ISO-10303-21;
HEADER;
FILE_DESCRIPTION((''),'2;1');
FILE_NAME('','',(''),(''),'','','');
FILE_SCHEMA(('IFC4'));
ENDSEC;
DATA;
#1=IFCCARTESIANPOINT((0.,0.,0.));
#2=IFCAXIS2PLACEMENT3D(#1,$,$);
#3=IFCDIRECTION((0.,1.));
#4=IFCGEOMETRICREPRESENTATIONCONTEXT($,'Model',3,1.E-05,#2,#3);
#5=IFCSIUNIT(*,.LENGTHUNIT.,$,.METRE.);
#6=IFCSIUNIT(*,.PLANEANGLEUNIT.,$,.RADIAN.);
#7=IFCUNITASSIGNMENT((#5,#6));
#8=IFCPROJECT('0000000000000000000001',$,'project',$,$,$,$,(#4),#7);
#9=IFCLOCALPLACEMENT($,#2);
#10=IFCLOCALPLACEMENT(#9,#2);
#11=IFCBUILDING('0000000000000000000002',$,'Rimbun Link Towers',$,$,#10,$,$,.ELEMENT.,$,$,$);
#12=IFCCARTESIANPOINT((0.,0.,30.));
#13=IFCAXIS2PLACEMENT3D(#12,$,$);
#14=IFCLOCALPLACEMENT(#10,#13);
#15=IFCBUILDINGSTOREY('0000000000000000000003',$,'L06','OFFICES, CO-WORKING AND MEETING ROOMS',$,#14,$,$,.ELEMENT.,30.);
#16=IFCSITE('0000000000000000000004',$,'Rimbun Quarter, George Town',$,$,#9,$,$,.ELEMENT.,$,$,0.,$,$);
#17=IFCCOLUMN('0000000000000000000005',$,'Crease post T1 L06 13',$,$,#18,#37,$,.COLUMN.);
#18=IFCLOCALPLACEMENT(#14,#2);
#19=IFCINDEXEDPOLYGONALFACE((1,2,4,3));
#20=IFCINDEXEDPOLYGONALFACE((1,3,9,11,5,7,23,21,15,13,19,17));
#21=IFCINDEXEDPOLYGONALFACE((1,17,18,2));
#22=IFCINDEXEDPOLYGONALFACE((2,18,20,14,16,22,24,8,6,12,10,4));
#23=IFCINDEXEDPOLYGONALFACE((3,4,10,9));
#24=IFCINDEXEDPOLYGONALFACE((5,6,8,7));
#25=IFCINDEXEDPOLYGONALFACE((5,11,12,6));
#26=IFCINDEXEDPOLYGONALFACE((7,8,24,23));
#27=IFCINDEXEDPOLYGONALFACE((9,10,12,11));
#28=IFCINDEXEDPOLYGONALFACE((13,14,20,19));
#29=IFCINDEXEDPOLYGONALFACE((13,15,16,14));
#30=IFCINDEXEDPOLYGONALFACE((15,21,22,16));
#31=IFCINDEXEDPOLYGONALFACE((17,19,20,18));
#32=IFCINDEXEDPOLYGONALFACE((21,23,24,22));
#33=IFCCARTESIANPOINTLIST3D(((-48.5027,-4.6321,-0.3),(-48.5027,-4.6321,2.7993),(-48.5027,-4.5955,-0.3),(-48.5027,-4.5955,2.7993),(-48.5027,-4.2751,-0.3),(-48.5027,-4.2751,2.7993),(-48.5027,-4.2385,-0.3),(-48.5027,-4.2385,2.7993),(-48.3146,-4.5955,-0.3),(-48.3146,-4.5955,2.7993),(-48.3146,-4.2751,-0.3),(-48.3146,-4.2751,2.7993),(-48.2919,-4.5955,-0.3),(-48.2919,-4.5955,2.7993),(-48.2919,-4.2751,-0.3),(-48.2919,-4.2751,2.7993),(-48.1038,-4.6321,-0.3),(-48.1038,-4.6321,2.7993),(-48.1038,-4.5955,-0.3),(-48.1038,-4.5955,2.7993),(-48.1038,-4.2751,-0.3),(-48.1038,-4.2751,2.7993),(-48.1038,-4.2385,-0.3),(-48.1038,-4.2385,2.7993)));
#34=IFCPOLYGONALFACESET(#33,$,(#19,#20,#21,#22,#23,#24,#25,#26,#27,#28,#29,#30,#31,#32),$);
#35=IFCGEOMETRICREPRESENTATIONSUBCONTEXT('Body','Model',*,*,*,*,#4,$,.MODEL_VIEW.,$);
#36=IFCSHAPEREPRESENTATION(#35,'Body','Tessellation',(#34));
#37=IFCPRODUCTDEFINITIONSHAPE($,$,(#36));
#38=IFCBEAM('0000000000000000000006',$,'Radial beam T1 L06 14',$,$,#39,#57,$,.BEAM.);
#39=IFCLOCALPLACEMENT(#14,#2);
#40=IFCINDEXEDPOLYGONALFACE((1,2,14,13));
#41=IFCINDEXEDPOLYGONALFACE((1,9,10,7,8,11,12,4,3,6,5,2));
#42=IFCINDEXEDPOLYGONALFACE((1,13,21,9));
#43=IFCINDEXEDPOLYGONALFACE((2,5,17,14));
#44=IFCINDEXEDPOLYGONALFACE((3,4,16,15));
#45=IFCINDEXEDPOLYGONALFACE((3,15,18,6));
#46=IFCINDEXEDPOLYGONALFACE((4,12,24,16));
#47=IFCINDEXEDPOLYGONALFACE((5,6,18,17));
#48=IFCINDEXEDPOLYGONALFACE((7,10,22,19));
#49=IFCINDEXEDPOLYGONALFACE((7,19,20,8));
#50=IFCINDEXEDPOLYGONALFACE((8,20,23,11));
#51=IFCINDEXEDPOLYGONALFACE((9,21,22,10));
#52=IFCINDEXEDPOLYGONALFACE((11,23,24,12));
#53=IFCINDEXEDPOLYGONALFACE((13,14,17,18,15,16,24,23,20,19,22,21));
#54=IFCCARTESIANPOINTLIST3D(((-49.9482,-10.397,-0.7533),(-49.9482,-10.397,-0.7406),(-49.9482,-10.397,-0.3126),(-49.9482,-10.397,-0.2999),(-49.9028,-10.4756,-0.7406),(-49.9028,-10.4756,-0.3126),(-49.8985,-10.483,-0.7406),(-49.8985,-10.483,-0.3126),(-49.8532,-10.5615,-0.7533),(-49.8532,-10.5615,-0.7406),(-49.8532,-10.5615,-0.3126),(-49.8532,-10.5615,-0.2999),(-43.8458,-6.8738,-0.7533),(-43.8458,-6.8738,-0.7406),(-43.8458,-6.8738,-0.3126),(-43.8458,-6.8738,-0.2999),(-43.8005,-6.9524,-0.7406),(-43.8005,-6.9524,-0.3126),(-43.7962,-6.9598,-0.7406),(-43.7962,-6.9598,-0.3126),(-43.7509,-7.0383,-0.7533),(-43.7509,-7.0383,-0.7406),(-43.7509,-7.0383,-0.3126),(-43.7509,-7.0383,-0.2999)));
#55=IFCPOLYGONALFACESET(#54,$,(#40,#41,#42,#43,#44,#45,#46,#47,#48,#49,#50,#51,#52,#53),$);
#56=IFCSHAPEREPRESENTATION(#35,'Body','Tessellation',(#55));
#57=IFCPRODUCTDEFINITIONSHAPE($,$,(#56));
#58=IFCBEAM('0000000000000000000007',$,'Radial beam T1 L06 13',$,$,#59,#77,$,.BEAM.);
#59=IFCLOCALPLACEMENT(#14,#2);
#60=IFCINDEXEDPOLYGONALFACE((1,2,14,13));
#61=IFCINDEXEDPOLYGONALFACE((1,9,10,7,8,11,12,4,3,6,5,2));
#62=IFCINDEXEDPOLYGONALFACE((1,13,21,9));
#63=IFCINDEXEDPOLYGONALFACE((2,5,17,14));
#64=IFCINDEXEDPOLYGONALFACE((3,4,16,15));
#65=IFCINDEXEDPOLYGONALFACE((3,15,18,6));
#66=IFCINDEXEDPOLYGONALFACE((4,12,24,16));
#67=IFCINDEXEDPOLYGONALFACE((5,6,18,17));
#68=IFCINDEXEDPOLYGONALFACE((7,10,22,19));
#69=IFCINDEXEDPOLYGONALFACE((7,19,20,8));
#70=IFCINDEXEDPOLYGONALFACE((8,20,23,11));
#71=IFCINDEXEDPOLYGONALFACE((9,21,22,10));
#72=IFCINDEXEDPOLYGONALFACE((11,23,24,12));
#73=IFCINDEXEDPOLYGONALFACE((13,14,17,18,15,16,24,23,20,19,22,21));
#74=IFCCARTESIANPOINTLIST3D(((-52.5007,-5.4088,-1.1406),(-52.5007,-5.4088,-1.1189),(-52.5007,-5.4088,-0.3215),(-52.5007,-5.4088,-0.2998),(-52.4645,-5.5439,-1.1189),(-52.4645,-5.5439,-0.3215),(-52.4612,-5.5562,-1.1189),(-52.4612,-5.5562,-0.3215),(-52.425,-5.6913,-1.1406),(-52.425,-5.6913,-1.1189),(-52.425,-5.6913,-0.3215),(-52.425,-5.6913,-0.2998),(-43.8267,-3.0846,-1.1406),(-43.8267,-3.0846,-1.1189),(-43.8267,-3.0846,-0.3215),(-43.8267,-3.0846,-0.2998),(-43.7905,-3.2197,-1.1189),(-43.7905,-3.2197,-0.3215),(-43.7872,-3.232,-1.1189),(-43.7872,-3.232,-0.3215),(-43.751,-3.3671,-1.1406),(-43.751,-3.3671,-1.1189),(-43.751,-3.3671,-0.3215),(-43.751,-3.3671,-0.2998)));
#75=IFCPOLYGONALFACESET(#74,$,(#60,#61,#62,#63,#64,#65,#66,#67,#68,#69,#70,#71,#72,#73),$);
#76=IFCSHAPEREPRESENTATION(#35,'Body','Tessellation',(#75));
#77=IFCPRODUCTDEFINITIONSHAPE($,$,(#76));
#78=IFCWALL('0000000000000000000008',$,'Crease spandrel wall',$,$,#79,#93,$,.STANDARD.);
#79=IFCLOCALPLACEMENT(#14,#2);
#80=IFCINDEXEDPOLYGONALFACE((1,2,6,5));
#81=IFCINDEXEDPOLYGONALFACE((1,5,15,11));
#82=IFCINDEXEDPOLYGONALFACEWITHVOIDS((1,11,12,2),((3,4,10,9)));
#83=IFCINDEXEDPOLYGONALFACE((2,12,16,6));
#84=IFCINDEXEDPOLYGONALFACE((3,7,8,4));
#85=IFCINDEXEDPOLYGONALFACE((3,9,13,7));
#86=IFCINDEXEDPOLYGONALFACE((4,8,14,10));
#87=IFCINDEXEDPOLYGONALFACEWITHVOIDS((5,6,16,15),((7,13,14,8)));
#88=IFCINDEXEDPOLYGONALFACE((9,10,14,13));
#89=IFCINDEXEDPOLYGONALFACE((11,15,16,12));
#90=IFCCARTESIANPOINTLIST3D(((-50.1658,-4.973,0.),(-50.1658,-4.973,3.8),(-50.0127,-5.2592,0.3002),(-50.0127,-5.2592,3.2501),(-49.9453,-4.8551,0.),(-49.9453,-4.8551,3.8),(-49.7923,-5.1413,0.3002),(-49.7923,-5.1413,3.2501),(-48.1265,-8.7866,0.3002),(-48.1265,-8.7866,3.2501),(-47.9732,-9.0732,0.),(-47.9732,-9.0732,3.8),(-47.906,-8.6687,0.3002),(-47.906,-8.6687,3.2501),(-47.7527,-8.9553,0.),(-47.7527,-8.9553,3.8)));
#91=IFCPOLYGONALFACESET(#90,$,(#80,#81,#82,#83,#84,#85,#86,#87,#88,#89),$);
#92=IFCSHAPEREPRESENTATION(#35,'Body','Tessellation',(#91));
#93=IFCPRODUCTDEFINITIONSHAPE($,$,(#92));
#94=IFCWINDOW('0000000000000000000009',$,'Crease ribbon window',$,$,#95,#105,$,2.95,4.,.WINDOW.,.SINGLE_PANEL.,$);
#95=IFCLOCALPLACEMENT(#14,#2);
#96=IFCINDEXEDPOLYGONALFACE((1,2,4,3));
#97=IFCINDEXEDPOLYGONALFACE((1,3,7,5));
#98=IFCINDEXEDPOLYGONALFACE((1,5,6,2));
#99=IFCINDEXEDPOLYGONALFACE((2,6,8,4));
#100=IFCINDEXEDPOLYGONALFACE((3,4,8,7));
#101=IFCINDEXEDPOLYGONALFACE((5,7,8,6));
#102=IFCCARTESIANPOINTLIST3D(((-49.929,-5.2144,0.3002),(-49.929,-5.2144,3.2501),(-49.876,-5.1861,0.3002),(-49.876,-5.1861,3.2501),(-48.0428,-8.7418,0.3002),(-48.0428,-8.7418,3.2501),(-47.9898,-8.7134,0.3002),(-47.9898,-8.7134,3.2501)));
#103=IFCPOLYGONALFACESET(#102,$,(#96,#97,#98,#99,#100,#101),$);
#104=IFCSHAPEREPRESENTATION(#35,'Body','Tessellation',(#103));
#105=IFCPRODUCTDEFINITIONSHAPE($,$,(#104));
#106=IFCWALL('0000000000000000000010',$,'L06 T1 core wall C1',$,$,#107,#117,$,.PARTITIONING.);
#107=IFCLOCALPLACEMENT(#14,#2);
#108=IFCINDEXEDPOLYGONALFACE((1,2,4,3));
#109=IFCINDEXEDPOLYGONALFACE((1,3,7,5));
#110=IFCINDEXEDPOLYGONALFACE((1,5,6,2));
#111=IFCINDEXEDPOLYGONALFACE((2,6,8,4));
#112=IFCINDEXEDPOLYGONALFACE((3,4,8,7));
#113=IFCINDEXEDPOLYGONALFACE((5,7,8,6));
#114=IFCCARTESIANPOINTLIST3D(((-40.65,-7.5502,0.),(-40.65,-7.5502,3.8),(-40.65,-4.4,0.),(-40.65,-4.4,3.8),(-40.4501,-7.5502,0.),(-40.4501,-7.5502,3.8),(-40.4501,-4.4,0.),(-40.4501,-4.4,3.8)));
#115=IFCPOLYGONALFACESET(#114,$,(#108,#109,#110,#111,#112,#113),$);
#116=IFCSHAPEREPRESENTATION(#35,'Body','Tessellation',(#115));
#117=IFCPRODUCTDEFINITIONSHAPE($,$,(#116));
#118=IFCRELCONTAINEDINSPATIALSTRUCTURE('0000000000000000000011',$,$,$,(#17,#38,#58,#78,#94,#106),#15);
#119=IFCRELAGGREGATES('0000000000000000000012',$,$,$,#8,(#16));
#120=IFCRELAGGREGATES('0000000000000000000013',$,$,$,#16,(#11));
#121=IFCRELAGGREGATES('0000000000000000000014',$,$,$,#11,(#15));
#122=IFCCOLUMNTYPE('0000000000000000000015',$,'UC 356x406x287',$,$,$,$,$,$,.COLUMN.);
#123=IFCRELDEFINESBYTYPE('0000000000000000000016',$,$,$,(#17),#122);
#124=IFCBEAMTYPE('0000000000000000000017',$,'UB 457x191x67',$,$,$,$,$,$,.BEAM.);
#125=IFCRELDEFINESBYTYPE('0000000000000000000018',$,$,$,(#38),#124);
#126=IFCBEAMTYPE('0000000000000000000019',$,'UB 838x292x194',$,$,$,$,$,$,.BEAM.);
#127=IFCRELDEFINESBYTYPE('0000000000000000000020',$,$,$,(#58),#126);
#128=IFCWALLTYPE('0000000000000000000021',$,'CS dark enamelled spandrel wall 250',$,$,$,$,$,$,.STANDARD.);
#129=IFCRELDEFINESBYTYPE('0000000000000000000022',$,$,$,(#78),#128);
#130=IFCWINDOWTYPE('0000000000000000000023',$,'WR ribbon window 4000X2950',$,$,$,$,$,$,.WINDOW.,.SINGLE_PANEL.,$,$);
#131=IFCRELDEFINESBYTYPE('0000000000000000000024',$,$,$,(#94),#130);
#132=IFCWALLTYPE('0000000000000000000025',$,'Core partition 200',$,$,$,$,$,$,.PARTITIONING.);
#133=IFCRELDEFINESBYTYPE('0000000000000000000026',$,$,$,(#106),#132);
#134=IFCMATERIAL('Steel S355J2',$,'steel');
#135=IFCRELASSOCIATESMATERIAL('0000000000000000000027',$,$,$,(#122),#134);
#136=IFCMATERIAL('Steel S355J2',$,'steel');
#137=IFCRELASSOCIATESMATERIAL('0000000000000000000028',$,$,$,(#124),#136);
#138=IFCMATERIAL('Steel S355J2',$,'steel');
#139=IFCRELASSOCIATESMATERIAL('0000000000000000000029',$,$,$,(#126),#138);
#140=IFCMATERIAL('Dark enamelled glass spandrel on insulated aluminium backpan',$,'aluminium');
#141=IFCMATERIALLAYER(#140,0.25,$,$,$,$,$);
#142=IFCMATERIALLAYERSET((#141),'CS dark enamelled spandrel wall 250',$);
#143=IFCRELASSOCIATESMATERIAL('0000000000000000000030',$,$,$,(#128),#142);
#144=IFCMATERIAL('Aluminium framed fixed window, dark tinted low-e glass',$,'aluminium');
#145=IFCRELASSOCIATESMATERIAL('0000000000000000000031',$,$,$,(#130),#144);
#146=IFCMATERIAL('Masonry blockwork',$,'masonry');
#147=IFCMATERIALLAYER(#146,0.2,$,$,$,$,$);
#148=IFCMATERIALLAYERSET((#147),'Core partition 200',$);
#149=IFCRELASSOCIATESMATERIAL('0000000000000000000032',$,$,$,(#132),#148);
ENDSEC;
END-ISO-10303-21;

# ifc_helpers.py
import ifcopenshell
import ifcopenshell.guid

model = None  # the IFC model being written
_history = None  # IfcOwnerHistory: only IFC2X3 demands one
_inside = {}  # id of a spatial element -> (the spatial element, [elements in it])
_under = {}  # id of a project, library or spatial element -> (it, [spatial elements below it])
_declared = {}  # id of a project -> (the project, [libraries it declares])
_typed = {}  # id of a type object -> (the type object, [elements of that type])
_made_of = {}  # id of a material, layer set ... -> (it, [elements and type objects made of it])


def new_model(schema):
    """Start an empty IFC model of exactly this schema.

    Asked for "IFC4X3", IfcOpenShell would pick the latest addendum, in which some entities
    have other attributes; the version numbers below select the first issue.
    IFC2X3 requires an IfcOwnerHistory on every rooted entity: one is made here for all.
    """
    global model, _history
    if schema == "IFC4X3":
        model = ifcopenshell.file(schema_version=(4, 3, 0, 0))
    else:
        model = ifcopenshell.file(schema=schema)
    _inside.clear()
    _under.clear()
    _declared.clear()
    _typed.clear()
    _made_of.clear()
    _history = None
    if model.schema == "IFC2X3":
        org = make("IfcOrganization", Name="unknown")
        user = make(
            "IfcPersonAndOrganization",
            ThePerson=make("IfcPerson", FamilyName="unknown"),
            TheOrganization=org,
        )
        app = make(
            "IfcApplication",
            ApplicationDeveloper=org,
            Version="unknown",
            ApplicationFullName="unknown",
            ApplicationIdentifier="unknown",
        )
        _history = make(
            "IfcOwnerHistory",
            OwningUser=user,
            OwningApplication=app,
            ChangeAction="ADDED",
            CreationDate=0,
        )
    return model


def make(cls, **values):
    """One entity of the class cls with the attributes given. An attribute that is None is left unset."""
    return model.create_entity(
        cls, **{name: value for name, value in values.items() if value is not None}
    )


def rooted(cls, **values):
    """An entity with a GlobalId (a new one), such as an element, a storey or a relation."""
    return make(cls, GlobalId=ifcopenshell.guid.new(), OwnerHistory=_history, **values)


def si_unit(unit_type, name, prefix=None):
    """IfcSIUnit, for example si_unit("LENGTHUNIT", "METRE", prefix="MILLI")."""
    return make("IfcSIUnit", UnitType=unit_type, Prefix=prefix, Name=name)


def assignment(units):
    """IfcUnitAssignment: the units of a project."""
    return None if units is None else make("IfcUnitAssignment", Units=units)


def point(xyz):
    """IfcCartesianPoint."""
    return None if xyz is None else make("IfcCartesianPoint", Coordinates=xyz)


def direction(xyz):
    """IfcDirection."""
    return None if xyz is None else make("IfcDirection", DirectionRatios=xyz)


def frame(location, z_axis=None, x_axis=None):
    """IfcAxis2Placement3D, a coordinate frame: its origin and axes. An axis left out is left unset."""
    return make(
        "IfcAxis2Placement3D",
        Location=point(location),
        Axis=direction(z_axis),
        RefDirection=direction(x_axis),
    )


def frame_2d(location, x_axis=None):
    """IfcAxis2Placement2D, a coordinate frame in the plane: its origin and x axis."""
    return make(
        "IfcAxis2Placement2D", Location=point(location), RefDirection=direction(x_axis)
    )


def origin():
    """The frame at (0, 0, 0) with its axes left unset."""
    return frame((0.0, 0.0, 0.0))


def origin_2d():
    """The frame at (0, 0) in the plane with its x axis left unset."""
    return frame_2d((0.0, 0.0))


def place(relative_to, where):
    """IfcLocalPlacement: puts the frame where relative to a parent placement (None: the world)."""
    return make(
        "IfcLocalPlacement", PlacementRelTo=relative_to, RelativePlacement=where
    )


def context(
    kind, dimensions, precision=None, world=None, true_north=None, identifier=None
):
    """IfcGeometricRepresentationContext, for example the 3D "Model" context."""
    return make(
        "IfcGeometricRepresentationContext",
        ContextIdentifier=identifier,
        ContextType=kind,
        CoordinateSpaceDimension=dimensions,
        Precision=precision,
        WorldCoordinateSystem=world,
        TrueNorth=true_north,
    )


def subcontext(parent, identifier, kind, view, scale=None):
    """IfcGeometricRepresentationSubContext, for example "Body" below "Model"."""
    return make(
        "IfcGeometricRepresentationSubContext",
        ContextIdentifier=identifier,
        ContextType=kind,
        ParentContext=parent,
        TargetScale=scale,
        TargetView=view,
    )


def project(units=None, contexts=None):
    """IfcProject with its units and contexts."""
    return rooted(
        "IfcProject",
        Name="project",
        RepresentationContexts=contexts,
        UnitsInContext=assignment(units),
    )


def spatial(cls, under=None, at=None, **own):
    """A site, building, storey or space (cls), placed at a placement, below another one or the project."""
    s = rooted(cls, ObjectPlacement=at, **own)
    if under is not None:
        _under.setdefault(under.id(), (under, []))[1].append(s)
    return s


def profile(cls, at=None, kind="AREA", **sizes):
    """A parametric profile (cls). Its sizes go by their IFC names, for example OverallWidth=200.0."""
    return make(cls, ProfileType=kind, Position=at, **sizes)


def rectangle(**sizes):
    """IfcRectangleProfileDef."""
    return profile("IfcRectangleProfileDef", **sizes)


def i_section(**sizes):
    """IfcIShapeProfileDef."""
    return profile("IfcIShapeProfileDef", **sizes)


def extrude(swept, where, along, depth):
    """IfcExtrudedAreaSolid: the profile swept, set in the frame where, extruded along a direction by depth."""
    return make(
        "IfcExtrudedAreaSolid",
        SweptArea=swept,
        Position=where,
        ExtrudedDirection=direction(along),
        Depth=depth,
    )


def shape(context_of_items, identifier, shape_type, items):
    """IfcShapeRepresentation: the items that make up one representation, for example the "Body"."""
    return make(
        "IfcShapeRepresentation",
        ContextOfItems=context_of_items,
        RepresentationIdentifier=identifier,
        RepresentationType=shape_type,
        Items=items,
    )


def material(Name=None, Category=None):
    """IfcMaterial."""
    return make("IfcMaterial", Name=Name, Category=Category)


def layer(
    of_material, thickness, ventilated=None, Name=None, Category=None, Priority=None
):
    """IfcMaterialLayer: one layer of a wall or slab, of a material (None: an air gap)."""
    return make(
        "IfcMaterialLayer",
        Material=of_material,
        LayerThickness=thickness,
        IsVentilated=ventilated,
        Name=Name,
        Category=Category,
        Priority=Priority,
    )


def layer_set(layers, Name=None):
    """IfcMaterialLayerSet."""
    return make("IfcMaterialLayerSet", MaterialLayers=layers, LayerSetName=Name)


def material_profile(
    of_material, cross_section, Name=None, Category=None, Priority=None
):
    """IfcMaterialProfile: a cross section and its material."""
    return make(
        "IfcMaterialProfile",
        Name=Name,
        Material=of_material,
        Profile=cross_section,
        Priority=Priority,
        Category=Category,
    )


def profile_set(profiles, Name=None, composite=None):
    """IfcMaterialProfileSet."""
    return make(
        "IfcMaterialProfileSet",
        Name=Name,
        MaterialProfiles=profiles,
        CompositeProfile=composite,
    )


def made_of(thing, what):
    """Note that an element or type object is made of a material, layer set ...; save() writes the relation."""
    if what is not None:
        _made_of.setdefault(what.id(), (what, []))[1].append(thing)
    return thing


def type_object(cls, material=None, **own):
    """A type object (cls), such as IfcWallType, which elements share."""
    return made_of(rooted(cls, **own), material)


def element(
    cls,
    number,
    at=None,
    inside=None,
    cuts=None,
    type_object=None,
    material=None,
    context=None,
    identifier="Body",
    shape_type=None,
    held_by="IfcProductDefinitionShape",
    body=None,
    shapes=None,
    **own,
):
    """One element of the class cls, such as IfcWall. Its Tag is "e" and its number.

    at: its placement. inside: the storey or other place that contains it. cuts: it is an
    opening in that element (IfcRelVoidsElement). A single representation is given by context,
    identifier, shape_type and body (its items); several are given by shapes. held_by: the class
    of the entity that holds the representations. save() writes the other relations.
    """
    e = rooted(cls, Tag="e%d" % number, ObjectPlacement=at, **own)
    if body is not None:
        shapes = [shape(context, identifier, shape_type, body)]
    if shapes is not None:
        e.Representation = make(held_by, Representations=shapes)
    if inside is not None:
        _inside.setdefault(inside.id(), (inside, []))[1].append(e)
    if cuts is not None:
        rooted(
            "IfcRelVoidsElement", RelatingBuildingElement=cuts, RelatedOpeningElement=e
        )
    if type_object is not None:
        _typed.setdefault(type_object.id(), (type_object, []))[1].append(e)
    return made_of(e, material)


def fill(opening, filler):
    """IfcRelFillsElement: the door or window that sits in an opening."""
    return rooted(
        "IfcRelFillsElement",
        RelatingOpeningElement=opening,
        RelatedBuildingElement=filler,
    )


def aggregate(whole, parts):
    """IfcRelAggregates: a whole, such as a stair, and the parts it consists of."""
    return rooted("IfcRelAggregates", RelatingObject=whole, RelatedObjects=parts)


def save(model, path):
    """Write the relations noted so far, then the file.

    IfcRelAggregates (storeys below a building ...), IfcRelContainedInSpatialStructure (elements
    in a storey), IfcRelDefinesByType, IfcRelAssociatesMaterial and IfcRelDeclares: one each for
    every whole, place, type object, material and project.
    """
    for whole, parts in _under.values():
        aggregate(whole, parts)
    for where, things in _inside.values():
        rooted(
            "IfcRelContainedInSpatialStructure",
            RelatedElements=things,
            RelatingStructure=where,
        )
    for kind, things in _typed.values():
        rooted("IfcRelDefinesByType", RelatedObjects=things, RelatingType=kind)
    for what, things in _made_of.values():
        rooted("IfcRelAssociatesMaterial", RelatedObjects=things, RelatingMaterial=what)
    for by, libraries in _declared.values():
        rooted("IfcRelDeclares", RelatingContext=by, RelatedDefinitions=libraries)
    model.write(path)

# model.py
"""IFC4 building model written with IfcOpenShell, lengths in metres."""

from ifc_helpers import new_model, si_unit, direction, frame, frame_2d, origin, origin_2d, place, context, subcontext, project, spatial, rectangle, i_section, extrude, material, layer, layer_set, material_profile, profile_set, type_object, element, fill, save


model = new_model("IFC4")

# Units and contexts
model_context = context("Model", 3, precision=1e-05, world=origin(), true_north=direction((0.0, 1.0)))
body_context = subcontext(model_context, "Body", "Model", "MODEL_VIEW")
ifc_project = project(units=[si_unit("LENGTHUNIT", "METRE"), si_unit("PLANEANGLEUNIT", "RADIAN")], contexts=[model_context])

# Site, building, storey
site_placement = place(None, origin())
site = spatial("IfcSite", under=ifc_project, at=site_placement, Name="Rimbun Quarter, George Town", CompositionType="ELEMENT", RefElevation=0.0)
building_placement = place(site_placement, origin())
building = spatial("IfcBuilding", under=site, at=building_placement, Name="Rimbun Link Towers", CompositionType="ELEMENT")
storey_placement = place(building_placement, frame((0.0, 0.0, 30.0)))
storey = spatial("IfcBuildingStorey", under=building, at=storey_placement, Name="L06", Description="OFFICES, CO-WORKING AND MEETING ROOMS", CompositionType="ELEMENT", Elevation=30.0)

# Column
ifc_material_1 = material(Name="Steel S355J2", Category="steel")
ifc_material_profile_1 = material_profile(ifc_material_1, i_section(OverallWidth=0.3989, OverallDepth=0.3936, WebThickness=0.0227, FlangeThickness=0.0366, at=origin_2d()), Name="UC 356x406x287")
ifc_profile_set_1 = profile_set([ifc_material_profile_1], Name="Steel S355J2")
column_type = type_object("IfcColumnType", Name="UC 356x406x287", PredefinedType="COLUMN", material=ifc_profile_set_1)
column_placement = place(storey_placement, frame((-48.3032, -4.4353, -0.3), z_axis=(0.0, 0.0, 1.0), x_axis=(1.0, 0.0, 0.0)))
element("IfcColumn", 1, at=column_placement, inside=storey, type_object=column_type, Name="Crease post T1 L06 13", PredefinedType="COLUMN", context=body_context, shape_type="SweptSolid", body=[
    extrude(i_section(OverallWidth=0.3989, OverallDepth=0.3936, WebThickness=0.0227, FlangeThickness=0.0366, at=origin_2d()), origin(), (0.0, 0.0, 1.0), 3.0994),
])

# Beams
ifc_material_2 = material(Name="Steel S355J2", Category="steel")
ifc_material_profile_2 = material_profile(ifc_material_2, i_section(OverallWidth=0.1899, OverallDepth=0.4534, WebThickness=0.0085, FlangeThickness=0.0127, at=origin_2d()), Name="UB 457x191x67")
ifc_profile_set_2 = profile_set([ifc_material_profile_2], Name="Steel S355J2")
beam_type_1 = type_object("IfcBeamType", Name="UB 457x191x67", PredefinedType="BEAM", material=ifc_profile_set_2)
beam_1_placement = place(storey_placement, frame((-43.7983, -6.9561, -0.5266), z_axis=(-0.866023, -0.500003, 0.0), x_axis=(0.500003, -0.866023, 0.0)))
element("IfcBeam", 2, at=beam_1_placement, inside=storey, type_object=beam_type_1, Name="Radial beam T1 L06 14", PredefinedType="BEAM", context=body_context, shape_type="SweptSolid", body=[
    extrude(i_section(OverallWidth=0.1899, OverallDepth=0.4534, WebThickness=0.0085, FlangeThickness=0.0127, at=origin_2d()), origin(), (0.0, 0.0, 1.0), 7.0464),
])
ifc_material_3 = material(Name="Steel S355J2", Category="steel")
ifc_material_profile_3 = material_profile(ifc_material_3, i_section(OverallWidth=0.2925, OverallDepth=0.8408, WebThickness=0.0127, FlangeThickness=0.0217, at=origin_2d()), Name="UB 838x292x194")
ifc_profile_set_3 = profile_set([ifc_material_profile_3], Name="Steel S355J2")
beam_type_2 = type_object("IfcBeamType", Name="UB 838x292x194", PredefinedType="BEAM", material=ifc_profile_set_3)
beam_2_placement = place(storey_placement, frame((-43.7888, -3.2258, -0.7202), z_axis=(-0.965926, -0.25882, 0.0), x_axis=(0.25882, -0.965926, 0.0)))
element("IfcBeam", 3, at=beam_2_placement, inside=storey, type_object=beam_type_2, Name="Radial beam T1 L06 13", PredefinedType="BEAM", context=body_context, shape_type="SweptSolid", body=[
    extrude(i_section(OverallWidth=0.2925, OverallDepth=0.8408, WebThickness=0.0127, FlangeThickness=0.0217, at=origin_2d()), origin(), (0.0, 0.0, 1.0), 8.98),
])

# Wall, opening, window
ifc_material_4 = material(Name="Dark enamelled glass spandrel on insulated aluminium backpan", Category="aluminium")
ifc_layer_1 = layer(ifc_material_4, 0.25)
ifc_layer_set_1 = layer_set([ifc_layer_1], Name="CS dark enamelled spandrel wall 250")
wall_type_1 = type_object("IfcWallType", Name="CS dark enamelled spandrel wall 250", PredefinedType="STANDARD", material=ifc_layer_set_1)
wall_1_placement = place(storey_placement, frame((-47.863, -9.0142, 0.0), z_axis=(0.0, 0.0, 1.0), x_axis=(-0.471555, 0.881836, 0.0)))
wall_1 = element("IfcWall", 4, at=wall_1_placement, inside=storey, type_object=wall_type_1, Name="Crease spandrel wall", PredefinedType="STANDARD", context=body_context, shape_type="SweptSolid", body=[
    extrude(rectangle(XDim=4.6497, YDim=0.25, at=frame_2d((2.3247, 0.0))), origin(), (0.0, 0.0, 1.0), 3.8),
])
opening_1_placement = place(wall_1_placement, frame((0.325, 0.0, 0.3)))
opening_1 = element("IfcOpeningElement", 5, at=opening_1_placement, cuts=wall_1, PredefinedType="OPENING", context=body_context, shape_type="SweptSolid", body=[
    extrude(rectangle(XDim=4.0, YDim=2.95, at=frame_2d((2.0, 1.4751))), frame((0.0, 0.135, 0.0), z_axis=(0.0, -1.0, 0.0), x_axis=(1.0, 0.0, 0.0)), (0.0, 0.0, 1.0), 0.27),
])
ifc_material_5 = material(Name="Aluminium framed fixed window, dark tinted low-e glass", Category="aluminium")
window_type = type_object("IfcWindowType", Name="WR ribbon window 4000X2950", PartitioningType="SINGLE_PANEL", PredefinedType="WINDOW", material=ifc_material_5)
window_placement = place(opening_1_placement, origin())
window = element("IfcWindow", 6, at=window_placement, inside=storey, type_object=window_type, Name="Crease ribbon window", OverallHeight=2.95, OverallWidth=4.0, PartitioningType="SINGLE_PANEL", PredefinedType="WINDOW", context=body_context, shape_type="SweptSolid", body=[
    extrude(rectangle(XDim=4.0, YDim=2.95, at=frame_2d((2.0, 1.4751))), frame((0.0, 0.03, 0.0), z_axis=(0.0, -1.0, 0.0), x_axis=(1.0, 0.0, 0.0)), (0.0, 0.0, 1.0), 0.0601),
])
fill(opening_1, window)

# Wall
ifc_material_6 = material(Name="Masonry blockwork", Category="masonry")
ifc_layer_2 = layer(ifc_material_6, 0.2)
ifc_layer_set_2 = layer_set([ifc_layer_2], Name="Core partition 200")
wall_type_2 = type_object("IfcWallType", Name="Core partition 200", PredefinedType="PARTITIONING", material=ifc_layer_set_2)
wall_2_placement = place(storey_placement, frame((-40.55, -4.3999, 0.0), z_axis=(0.0, 0.0, 1.0), x_axis=(0.0, -1.0, 0.0)))
element("IfcWall", 7, at=wall_2_placement, inside=storey, type_object=wall_type_2, Name="L06 T1 core wall C1", PredefinedType="PARTITIONING", context=body_context, shape_type="SweptSolid", body=[
    extrude(rectangle(XDim=3.1501, YDim=0.2, at=frame_2d((1.5752, 0.0))), origin(), (0.0, 0.0, 1.0), 3.8),
])

save(model, "model.ifc")
